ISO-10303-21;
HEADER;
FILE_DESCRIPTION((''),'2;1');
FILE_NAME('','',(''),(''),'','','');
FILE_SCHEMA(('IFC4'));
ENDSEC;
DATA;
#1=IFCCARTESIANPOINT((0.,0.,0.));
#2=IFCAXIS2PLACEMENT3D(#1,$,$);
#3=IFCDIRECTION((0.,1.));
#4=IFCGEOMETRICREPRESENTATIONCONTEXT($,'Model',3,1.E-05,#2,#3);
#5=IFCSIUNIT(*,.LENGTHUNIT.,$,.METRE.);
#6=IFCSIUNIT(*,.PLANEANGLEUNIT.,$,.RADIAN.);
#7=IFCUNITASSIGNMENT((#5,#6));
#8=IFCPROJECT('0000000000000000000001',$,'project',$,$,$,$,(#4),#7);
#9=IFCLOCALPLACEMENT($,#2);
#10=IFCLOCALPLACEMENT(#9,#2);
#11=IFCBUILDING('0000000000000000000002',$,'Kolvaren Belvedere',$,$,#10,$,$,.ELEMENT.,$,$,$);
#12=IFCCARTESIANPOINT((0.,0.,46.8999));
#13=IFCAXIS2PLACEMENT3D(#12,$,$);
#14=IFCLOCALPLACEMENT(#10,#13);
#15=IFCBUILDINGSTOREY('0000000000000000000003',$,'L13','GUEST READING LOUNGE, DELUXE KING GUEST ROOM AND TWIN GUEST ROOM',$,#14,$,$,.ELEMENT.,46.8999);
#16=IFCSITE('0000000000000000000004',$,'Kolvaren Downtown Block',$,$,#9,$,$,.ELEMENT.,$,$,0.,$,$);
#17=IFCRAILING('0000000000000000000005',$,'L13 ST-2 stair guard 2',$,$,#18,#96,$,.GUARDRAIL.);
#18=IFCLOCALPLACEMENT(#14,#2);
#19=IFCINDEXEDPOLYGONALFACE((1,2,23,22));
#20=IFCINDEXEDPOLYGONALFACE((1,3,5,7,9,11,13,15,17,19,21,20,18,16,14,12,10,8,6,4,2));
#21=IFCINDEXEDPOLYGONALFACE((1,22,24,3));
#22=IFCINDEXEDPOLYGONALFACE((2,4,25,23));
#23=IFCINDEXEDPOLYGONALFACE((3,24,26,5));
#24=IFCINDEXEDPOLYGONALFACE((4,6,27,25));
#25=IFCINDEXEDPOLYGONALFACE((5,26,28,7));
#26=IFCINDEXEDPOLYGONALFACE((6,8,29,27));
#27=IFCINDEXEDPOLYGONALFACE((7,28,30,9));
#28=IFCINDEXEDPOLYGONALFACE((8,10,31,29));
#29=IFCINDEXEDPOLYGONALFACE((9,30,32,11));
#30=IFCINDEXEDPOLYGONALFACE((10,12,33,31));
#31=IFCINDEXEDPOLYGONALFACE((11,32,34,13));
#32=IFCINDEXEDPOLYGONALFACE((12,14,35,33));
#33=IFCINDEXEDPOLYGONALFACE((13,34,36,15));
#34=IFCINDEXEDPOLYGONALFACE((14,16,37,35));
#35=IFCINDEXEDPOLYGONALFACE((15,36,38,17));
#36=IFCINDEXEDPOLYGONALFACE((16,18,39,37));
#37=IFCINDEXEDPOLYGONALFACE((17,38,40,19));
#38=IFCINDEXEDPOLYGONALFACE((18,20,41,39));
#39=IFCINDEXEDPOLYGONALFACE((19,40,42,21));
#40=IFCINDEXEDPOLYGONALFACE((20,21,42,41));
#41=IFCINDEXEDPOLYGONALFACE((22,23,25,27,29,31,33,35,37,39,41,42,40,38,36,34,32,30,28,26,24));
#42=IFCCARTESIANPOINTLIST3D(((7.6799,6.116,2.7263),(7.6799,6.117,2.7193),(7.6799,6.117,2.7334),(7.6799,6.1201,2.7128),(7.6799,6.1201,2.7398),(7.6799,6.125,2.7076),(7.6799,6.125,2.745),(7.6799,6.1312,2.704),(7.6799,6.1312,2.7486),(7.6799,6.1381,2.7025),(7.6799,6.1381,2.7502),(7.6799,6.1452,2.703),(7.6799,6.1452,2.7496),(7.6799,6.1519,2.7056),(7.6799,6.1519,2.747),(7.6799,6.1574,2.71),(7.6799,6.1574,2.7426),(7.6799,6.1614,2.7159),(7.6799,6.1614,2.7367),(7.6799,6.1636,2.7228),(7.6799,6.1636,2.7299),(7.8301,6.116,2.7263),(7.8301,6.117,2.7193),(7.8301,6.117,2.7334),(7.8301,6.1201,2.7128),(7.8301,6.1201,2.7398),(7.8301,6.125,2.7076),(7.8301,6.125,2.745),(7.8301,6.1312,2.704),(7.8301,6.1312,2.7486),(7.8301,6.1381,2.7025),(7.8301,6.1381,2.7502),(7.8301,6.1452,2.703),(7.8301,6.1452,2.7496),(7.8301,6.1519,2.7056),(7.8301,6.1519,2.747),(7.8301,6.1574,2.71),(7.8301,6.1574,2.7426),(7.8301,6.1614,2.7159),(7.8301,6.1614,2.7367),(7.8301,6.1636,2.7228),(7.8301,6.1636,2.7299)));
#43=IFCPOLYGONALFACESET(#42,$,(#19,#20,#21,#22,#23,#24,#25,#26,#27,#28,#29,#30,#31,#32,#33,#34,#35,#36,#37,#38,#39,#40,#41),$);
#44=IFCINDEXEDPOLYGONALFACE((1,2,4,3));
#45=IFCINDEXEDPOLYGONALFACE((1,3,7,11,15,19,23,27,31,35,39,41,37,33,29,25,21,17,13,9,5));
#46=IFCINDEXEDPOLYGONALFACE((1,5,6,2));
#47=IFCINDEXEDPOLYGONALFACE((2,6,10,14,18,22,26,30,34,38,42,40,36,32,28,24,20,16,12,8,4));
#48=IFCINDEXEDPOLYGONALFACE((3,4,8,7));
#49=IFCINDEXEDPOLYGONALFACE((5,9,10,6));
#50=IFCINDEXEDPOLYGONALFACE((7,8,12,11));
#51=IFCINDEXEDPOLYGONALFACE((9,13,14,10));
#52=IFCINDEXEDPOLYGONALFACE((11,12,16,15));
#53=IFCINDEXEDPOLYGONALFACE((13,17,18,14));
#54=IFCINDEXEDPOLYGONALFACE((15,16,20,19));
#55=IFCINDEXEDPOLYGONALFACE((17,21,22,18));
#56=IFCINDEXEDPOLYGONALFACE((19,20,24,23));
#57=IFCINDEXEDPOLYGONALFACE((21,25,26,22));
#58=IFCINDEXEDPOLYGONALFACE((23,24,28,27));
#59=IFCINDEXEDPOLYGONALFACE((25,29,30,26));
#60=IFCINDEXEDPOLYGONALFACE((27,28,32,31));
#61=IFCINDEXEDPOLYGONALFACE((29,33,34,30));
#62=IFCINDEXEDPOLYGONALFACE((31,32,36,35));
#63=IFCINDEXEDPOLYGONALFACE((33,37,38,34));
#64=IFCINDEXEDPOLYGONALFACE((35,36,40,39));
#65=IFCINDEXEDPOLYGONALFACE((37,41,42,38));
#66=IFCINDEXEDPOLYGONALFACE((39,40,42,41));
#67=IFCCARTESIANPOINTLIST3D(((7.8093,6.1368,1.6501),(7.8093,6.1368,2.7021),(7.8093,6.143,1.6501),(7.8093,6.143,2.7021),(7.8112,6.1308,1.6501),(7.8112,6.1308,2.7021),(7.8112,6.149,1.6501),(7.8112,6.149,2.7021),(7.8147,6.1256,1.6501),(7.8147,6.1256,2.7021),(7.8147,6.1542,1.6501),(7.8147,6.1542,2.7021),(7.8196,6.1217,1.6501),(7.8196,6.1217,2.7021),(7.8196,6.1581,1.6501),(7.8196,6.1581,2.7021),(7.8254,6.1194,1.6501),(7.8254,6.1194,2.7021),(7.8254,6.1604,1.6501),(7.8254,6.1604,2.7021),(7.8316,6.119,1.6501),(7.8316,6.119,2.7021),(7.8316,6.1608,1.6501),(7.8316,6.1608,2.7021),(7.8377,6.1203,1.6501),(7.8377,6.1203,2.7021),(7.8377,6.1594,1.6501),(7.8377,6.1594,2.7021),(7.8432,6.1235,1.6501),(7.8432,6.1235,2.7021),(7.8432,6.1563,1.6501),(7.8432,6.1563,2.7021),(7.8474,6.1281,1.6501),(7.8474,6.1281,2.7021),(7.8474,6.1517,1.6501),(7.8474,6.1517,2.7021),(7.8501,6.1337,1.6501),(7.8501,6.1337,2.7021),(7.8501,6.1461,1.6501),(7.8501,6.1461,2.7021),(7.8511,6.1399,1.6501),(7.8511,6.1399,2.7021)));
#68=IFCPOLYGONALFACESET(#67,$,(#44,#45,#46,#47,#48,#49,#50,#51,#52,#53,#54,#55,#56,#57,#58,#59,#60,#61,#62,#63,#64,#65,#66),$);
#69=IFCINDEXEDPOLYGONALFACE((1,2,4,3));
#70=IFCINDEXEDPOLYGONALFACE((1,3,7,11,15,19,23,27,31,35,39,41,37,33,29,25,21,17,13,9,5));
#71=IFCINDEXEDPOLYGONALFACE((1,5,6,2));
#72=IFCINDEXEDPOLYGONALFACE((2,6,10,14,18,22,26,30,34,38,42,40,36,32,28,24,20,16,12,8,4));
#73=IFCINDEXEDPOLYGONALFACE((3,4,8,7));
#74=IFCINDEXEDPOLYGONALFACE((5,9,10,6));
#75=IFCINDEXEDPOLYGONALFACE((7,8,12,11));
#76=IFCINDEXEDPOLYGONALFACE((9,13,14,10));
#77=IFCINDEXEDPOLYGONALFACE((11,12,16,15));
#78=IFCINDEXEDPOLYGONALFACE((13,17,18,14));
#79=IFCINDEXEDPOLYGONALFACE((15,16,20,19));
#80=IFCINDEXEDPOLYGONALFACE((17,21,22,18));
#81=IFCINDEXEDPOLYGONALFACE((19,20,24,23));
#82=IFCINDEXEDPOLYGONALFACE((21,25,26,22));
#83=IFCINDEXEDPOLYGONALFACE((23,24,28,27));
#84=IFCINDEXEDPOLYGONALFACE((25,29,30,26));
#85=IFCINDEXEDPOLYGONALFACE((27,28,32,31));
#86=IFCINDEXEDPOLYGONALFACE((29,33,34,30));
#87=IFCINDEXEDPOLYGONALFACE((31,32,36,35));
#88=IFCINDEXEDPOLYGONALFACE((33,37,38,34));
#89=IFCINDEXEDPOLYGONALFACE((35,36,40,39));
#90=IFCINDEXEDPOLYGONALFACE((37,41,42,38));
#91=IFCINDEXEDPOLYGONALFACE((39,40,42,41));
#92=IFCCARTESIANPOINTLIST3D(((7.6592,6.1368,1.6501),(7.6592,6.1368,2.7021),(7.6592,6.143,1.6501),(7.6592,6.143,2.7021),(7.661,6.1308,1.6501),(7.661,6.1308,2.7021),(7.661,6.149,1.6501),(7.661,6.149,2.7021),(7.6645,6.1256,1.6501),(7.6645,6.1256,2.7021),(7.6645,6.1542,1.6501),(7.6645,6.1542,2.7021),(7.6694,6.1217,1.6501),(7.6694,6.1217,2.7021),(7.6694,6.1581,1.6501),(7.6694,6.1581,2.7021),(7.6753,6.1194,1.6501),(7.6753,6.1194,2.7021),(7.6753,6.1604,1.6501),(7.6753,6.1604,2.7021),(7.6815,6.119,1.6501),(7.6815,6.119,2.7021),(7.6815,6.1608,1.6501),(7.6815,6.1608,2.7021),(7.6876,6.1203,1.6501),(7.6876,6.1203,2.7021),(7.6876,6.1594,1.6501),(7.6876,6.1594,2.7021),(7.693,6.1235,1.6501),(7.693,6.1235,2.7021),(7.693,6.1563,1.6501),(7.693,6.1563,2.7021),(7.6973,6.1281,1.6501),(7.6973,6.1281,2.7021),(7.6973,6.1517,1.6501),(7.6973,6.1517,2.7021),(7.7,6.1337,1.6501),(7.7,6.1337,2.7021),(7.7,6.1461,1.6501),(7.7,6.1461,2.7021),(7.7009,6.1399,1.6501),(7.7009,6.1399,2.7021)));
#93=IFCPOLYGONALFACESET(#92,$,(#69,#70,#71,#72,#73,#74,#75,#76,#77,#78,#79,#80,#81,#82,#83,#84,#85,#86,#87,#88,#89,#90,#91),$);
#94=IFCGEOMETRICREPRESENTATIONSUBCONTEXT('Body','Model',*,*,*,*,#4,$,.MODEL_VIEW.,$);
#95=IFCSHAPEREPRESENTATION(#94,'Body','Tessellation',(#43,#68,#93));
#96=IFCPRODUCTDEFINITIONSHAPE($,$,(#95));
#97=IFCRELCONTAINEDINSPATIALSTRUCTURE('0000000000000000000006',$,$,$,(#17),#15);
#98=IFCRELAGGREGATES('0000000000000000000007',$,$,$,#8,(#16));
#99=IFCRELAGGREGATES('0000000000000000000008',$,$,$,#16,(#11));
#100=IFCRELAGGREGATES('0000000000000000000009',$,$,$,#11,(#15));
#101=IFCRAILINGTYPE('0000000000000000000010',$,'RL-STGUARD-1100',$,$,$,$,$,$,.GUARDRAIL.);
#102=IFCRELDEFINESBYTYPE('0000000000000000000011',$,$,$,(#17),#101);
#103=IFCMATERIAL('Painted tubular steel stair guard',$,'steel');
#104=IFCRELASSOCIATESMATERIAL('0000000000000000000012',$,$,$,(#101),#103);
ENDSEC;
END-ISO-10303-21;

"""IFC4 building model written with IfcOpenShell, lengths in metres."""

from ifc_helpers import new_model, si_unit, direction, frame, origin, origin_2d, place, context, subcontext, project, spatial, circle, extrude, material, type_object, element, save


model = new_model("IFC4")

# Units and contexts
model_context = context("Model", 3, precision=1e-05, world=origin(), true_north=direction((0.0, 1.0)))
body_context = subcontext(model_context, "Body", "Model", "MODEL_VIEW")
ifc_project = project(units=[si_unit("LENGTHUNIT", "METRE"), si_unit("PLANEANGLEUNIT", "RADIAN")], contexts=[model_context])

# Site, building, storey
site_placement = place(None, origin())
site = spatial("IfcSite", under=ifc_project, at=site_placement, Name="Kolvaren Downtown Block", CompositionType="ELEMENT", RefElevation=0.0)
building_placement = place(site_placement, origin())
building = spatial("IfcBuilding", under=site, at=building_placement, Name="Kolvaren Belvedere", CompositionType="ELEMENT")
storey_placement = place(building_placement, frame((0.0, 0.0, 46.8999)))
storey = spatial("IfcBuildingStorey", under=building, at=storey_placement, Name="L13", Description="GUEST READING LOUNGE, DELUXE KING GUEST ROOM AND TWIN GUEST ROOM", CompositionType="ELEMENT", Elevation=46.8999)

# Railing
ifc_material_1 = material(Name="Painted tubular steel stair guard", Category="steel")
railing_type_1 = type_object("IfcRailingType", Name="RL-STGUARD-1100", PredefinedType="GUARDRAIL", material=ifc_material_1)
railing_1_placement = place(storey_placement, frame((7.8301, 6.1399, 1.6501)))
element("IfcRailing", 1, at=railing_1_placement, inside=storey, type_object=railing_type_1, Name="L13 ST-2 stair guard 2", PredefinedType="GUARDRAIL", context=body_context, shape_type="SweptSolid", body=[
    extrude(circle(Radius=0.0239, at=origin_2d()), frame((0.0, 0.0, 1.0762), z_axis=(-1.0, 0.0, 0.0), x_axis=(0.0, -1.0, 0.0)), (0.0, 0.0, 1.0), 0.1501),
    extrude(circle(Radius=0.021, at=origin_2d()), origin(), (0.0, 0.0, 1.0), 1.052),
    extrude(circle(Radius=0.021, at=origin_2d()), frame((-0.1501, 0.0, 0.0)), (0.0, 0.0, 1.0), 1.052),
])

save(model, "model.ifc")
